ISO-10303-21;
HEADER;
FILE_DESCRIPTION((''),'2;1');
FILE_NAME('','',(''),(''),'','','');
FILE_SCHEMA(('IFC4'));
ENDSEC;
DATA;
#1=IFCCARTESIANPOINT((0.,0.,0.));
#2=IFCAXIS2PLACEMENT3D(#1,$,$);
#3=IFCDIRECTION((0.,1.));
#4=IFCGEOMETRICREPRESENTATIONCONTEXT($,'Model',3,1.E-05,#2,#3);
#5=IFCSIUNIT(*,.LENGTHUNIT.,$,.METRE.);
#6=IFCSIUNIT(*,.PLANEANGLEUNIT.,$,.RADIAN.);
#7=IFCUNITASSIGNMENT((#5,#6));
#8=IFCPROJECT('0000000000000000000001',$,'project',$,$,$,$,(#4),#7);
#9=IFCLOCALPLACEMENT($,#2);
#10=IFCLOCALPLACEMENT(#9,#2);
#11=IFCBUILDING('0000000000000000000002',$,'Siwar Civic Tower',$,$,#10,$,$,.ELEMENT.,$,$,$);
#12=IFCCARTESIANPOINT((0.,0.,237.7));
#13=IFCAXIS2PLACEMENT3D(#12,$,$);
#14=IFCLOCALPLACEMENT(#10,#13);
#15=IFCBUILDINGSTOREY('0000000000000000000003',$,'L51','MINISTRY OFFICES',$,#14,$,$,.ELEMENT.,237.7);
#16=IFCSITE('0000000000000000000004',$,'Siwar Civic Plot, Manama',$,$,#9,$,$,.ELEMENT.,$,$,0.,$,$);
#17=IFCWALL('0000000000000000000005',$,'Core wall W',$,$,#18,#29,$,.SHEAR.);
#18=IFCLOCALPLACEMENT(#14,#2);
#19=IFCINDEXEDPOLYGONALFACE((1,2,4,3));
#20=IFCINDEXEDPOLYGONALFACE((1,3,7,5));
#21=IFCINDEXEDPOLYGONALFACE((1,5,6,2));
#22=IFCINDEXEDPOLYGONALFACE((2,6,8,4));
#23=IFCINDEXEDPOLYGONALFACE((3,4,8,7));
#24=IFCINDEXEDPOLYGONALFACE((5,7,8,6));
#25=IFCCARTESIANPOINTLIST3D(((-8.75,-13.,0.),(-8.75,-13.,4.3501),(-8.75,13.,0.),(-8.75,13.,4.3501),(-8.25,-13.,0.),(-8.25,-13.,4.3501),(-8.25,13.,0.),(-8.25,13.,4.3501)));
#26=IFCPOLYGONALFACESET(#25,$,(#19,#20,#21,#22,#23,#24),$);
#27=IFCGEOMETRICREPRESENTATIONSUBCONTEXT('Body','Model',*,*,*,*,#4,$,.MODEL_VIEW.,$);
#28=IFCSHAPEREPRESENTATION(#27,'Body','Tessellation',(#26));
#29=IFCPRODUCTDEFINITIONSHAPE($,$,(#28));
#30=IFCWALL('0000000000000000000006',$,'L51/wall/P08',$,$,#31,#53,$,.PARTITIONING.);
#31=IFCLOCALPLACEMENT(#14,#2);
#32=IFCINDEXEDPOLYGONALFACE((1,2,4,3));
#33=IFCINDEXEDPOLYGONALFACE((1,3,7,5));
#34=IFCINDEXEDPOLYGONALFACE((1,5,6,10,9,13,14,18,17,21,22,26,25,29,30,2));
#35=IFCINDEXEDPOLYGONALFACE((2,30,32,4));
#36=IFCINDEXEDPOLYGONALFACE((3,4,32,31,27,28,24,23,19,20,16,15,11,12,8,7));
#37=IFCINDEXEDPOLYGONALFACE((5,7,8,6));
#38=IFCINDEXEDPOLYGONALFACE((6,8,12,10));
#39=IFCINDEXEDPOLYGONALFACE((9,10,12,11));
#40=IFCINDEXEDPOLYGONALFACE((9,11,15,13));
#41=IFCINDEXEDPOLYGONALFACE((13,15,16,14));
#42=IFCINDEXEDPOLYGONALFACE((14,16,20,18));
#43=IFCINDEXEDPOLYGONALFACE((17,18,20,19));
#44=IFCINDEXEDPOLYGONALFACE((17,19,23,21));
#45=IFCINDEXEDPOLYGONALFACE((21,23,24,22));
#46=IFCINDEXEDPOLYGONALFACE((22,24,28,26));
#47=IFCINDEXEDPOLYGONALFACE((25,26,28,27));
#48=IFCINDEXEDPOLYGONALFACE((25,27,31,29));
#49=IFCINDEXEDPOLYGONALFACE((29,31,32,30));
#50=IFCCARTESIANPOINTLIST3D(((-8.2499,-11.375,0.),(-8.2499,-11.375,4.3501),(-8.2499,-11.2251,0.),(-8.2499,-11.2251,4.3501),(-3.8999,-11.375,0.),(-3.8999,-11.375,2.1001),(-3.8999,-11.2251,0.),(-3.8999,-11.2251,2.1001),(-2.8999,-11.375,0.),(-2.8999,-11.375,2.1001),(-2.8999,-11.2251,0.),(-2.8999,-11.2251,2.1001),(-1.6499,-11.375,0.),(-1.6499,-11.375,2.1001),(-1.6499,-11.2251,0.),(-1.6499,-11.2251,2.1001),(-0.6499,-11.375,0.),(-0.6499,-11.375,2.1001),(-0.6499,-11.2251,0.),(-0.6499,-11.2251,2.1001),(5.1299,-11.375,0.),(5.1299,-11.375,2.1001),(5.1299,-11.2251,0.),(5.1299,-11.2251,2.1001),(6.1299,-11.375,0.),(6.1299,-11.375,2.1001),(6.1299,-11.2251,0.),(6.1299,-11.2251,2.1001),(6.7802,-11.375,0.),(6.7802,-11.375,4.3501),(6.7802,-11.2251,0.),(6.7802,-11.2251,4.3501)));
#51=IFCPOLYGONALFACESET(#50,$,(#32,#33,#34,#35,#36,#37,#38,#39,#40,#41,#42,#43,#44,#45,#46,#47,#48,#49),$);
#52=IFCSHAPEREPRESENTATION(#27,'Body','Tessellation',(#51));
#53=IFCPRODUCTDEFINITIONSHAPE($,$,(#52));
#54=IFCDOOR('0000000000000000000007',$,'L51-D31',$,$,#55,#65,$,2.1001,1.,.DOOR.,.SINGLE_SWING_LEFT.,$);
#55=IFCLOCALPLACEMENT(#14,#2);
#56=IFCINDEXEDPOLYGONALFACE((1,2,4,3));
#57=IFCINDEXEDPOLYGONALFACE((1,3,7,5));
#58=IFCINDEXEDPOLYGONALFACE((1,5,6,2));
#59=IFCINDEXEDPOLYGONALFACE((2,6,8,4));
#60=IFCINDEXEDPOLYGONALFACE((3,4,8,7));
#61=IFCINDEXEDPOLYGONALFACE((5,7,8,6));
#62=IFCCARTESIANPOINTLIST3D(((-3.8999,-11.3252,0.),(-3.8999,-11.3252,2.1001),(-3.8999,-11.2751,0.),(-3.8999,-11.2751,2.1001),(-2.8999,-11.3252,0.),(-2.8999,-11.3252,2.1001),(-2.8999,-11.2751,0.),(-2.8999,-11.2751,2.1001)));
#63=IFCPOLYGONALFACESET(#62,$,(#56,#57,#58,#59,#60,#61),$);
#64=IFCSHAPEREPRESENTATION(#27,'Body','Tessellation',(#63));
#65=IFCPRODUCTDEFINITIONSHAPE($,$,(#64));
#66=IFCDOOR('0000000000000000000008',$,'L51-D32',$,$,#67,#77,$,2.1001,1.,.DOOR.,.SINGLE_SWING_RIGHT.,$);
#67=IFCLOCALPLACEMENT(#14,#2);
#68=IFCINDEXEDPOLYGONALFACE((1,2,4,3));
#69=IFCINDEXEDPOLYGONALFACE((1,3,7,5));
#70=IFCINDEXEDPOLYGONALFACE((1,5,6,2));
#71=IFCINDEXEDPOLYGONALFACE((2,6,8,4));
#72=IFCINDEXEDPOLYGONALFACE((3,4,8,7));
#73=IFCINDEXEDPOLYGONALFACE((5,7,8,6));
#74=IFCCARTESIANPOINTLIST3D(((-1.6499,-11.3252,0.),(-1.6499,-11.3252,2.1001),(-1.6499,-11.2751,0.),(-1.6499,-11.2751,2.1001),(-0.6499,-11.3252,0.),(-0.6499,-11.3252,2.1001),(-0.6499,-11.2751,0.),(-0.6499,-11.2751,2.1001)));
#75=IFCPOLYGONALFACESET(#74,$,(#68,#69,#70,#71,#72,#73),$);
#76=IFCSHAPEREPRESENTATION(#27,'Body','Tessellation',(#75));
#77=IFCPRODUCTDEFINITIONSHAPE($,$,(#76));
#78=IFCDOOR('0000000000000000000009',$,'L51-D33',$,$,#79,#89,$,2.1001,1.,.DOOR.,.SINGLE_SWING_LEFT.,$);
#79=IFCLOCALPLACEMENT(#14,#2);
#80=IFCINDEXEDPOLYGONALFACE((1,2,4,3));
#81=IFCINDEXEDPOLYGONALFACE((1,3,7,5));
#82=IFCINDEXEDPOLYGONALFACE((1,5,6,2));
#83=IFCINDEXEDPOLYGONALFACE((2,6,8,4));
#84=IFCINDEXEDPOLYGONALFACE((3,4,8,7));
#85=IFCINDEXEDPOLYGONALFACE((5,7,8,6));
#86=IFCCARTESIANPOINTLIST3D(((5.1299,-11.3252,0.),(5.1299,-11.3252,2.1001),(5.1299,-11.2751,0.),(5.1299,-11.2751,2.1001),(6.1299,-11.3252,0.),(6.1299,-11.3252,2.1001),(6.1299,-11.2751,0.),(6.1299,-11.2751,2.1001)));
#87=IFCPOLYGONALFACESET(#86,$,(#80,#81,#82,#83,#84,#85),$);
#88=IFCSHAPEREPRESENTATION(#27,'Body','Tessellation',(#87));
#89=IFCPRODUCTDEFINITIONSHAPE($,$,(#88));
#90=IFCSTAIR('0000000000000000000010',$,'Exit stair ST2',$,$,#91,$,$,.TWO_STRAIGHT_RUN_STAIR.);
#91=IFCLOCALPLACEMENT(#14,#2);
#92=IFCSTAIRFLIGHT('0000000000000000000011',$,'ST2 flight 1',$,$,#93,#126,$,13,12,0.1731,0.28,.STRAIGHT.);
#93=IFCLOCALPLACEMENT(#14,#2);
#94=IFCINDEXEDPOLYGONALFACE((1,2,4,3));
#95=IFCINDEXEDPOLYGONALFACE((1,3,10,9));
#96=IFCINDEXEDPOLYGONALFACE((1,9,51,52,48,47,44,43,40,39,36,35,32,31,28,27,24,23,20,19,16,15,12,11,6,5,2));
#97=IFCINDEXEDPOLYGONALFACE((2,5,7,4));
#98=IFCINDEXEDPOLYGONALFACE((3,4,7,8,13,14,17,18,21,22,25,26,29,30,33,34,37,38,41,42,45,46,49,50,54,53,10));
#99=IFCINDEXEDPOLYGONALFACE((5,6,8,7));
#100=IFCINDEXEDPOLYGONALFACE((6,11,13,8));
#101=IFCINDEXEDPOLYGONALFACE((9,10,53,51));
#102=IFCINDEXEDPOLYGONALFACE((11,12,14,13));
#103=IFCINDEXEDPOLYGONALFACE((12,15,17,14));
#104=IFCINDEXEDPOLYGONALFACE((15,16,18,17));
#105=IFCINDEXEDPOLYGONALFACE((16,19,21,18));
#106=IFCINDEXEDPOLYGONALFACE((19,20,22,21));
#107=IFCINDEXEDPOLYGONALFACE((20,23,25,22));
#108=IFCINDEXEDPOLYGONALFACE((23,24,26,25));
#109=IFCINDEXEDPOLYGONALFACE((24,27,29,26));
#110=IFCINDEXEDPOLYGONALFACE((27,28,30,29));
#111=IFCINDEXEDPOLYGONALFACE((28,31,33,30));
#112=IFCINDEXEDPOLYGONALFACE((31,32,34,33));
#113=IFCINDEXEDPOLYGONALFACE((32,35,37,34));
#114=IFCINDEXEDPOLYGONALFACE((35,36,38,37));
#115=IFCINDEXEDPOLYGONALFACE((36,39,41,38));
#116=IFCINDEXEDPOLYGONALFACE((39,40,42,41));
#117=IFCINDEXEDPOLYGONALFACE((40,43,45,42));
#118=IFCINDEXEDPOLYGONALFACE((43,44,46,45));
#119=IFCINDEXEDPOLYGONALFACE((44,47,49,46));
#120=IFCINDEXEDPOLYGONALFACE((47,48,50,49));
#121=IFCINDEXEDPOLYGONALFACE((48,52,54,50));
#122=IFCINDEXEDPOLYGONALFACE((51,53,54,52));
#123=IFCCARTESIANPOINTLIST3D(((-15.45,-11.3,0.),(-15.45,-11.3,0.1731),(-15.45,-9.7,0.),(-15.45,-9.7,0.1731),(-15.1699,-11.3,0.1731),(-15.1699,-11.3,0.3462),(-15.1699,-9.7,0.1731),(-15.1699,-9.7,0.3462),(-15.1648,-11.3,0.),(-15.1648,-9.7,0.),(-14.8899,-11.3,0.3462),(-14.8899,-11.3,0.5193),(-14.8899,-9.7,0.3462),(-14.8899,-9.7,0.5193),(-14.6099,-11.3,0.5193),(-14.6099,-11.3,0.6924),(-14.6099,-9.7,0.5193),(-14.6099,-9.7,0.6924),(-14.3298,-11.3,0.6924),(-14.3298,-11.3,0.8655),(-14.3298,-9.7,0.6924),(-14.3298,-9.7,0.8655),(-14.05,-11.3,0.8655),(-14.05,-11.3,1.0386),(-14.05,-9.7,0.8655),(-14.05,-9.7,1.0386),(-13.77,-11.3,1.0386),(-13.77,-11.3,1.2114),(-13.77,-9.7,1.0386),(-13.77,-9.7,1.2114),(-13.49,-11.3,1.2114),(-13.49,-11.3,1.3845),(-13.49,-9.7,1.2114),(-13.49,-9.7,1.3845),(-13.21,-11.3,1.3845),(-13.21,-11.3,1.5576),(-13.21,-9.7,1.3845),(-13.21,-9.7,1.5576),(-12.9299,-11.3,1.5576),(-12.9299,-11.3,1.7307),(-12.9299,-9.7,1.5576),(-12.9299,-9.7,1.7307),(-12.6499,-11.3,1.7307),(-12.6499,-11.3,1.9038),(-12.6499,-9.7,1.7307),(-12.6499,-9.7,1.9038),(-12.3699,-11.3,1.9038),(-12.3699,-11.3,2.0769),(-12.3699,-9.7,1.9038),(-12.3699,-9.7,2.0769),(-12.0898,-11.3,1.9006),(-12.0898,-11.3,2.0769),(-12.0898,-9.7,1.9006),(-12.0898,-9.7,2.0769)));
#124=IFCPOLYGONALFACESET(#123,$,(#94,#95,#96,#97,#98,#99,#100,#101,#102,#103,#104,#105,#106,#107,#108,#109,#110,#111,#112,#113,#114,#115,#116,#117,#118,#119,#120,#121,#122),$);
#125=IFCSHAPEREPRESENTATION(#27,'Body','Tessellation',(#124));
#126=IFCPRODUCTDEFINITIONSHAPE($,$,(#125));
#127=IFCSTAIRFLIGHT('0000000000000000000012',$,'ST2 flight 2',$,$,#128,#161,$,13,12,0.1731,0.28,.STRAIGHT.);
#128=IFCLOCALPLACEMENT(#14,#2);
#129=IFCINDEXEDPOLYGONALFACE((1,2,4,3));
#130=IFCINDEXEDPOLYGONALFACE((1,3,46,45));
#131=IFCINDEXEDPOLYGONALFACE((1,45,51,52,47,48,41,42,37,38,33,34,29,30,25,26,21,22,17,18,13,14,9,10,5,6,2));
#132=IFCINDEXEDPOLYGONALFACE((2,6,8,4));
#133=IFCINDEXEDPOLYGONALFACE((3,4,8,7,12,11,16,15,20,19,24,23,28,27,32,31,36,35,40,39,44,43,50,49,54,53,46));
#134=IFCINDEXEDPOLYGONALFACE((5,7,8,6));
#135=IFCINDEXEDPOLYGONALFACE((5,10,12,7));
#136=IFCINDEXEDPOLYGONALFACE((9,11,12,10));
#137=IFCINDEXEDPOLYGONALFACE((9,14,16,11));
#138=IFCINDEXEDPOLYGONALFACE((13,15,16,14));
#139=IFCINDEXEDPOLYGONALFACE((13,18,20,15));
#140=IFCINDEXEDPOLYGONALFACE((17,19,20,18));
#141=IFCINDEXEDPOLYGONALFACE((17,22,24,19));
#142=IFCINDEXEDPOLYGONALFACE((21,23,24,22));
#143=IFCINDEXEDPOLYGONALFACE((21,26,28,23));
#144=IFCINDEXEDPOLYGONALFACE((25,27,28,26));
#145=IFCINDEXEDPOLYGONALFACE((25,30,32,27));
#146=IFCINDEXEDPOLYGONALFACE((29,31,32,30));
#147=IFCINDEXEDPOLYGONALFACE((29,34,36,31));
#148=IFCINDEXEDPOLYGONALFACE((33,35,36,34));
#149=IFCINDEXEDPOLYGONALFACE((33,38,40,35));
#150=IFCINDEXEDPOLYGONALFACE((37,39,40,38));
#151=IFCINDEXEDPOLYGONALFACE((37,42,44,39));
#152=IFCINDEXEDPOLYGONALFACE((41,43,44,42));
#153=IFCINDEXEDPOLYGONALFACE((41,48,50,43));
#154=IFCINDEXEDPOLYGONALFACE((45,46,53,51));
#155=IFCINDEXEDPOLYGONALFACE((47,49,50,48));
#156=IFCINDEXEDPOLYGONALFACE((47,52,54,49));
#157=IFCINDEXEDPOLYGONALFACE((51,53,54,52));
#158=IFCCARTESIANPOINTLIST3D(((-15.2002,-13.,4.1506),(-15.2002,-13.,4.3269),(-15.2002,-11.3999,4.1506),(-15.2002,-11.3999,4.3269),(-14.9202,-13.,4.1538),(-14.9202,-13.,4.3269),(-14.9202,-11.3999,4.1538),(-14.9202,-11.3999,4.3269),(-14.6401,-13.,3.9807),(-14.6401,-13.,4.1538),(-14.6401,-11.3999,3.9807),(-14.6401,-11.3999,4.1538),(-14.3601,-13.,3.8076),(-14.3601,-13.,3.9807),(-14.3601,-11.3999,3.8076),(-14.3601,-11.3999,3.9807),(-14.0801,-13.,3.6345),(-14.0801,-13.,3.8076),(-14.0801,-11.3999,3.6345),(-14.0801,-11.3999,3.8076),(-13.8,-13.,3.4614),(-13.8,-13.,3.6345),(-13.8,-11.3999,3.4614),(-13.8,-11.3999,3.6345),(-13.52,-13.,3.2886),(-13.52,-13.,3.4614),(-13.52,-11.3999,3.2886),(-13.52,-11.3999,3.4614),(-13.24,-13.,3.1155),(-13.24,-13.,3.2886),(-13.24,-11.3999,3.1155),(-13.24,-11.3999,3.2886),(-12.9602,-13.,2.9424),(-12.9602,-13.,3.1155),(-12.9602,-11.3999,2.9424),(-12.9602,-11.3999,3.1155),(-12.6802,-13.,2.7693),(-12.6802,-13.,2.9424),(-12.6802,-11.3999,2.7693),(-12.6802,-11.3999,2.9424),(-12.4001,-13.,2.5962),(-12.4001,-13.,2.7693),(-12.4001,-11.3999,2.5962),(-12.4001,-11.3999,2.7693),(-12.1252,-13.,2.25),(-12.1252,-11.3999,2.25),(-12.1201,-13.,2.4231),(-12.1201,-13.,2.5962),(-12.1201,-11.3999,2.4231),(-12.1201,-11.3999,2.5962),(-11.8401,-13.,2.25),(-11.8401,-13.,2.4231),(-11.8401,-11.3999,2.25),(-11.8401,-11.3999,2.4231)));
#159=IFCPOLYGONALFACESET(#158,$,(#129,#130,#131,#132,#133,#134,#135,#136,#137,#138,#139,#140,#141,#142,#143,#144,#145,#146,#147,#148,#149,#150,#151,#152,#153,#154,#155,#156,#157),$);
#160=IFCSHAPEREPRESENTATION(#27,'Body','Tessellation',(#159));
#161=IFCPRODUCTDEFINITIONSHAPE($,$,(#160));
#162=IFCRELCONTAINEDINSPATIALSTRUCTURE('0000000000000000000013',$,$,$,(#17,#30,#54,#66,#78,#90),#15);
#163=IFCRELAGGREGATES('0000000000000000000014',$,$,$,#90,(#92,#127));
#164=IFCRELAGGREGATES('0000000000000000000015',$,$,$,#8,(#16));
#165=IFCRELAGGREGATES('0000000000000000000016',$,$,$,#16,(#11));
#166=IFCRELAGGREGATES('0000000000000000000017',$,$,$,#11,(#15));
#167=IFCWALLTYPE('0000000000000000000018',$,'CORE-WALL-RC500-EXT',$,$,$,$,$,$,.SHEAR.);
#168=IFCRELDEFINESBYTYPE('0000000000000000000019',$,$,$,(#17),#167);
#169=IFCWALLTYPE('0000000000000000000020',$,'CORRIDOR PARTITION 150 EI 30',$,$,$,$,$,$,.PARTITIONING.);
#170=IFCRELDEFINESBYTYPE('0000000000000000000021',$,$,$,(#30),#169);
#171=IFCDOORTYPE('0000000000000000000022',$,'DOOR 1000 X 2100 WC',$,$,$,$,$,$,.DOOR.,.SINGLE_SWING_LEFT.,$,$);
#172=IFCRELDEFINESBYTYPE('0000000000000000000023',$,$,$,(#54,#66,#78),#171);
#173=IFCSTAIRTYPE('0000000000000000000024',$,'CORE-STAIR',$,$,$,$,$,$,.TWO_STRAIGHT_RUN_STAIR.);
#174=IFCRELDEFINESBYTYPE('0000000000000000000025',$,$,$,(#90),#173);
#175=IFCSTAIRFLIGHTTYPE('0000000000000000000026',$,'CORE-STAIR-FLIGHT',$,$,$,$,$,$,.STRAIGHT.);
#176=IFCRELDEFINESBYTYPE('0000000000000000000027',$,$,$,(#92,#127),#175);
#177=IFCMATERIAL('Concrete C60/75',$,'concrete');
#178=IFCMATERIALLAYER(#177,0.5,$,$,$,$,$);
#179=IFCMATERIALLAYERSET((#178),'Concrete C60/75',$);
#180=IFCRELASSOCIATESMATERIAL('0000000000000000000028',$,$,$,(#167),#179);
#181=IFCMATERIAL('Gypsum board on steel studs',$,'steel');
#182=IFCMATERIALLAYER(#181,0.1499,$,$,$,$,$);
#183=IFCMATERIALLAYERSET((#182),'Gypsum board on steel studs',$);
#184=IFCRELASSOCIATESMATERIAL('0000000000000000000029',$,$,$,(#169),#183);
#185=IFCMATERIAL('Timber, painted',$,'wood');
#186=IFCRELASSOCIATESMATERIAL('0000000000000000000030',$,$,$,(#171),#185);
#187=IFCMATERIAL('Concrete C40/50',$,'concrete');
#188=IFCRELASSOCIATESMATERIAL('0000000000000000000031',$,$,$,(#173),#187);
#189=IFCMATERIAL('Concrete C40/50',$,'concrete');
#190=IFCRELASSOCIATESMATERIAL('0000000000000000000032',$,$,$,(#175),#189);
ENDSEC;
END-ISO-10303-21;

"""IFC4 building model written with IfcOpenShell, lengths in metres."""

from ifc_helpers import new_model, si_unit, direction, frame, frame_2d, origin, place, context, subcontext, project, spatial, polyline, rectangle, outline, extrude, material, layer, layer_set, type_object, element, fill, aggregate, save


model = new_model("IFC4")

# Units and contexts
model_context = context("Model", 3, precision=1e-05, world=origin(), true_north=direction((0.0, 1.0)))
body_context = subcontext(model_context, "Body", "Model", "MODEL_VIEW")
ifc_project = project(units=[si_unit("LENGTHUNIT", "METRE"), si_unit("PLANEANGLEUNIT", "RADIAN")], contexts=[model_context])

# Site, building, storey
site_placement = place(None, origin())
site = spatial("IfcSite", under=ifc_project, at=site_placement, Name="Siwar Civic Plot, Manama", CompositionType="ELEMENT", RefElevation=0.0)
building_placement = place(site_placement, origin())
building = spatial("IfcBuilding", under=site, at=building_placement, Name="Siwar Civic Tower", CompositionType="ELEMENT")
storey_placement = place(building_placement, frame((0.0, 0.0, 237.7)))
storey = spatial("IfcBuildingStorey", under=building, at=storey_placement, Name="L51", Description="MINISTRY OFFICES", CompositionType="ELEMENT", Elevation=237.7)

# Wall
ifc_material_1 = material(Name="Concrete C60/75", Category="concrete")
ifc_layer_1 = layer(ifc_material_1, 0.5)
ifc_layer_set_1 = layer_set([ifc_layer_1], Name="Concrete C60/75")
wall_type_1 = type_object("IfcWallType", Name="CORE-WALL-RC500-EXT", PredefinedType="SHEAR", material=ifc_layer_set_1)
wall_1_placement = place(storey_placement, frame((-8.5, -13.0, 0.0), z_axis=(0.0, 0.0, 1.0), x_axis=(0.0, 1.0, 0.0)))
element("IfcWall", 1, at=wall_1_placement, inside=storey, type_object=wall_type_1, Name="Core wall W", PredefinedType="SHEAR", context=body_context, shape_type="SweptSolid", body=[
    extrude(rectangle(XDim=26.0, YDim=0.5, at=frame_2d((13.0, 0.0))), origin(), (0.0, 0.0, 1.0), 4.3501),
])

# Wall, openings, doors
ifc_material_2 = material(Name="Gypsum board on steel studs", Category="steel")
ifc_layer_2 = layer(ifc_material_2, 0.1499)
ifc_layer_set_2 = layer_set([ifc_layer_2], Name="Gypsum board on steel studs")
wall_type_2 = type_object("IfcWallType", Name="CORRIDOR PARTITION 150 EI 30", PredefinedType="PARTITIONING", material=ifc_layer_set_2)
wall_2_placement = place(storey_placement, frame((-8.25, -11.3, 0.0), z_axis=(0.0, 0.0, 1.0), x_axis=(1.0, 0.0, 0.0)))
wall_2 = element("IfcWall", 2, at=wall_2_placement, inside=storey, type_object=wall_type_2, Name="L51/wall/P08", PredefinedType="PARTITIONING", context=body_context, shape_type="SweptSolid", body=[
    extrude(rectangle(XDim=15.03, YDim=0.1499, at=frame_2d((7.5151, 0.0))), origin(), (0.0, 0.0, 1.0), 4.3501),
])
opening_1_placement = place(wall_2_placement, frame((4.3501, 0.0, 0.0)))
opening_1 = element("IfcOpeningElement", 3, at=opening_1_placement, cuts=wall_2, PredefinedType="OPENING", context=body_context, shape_type="SweptSolid", body=[
    extrude(rectangle(XDim=1.0, YDim=2.1001, at=frame_2d((0.5, 1.05))), frame((0.0, 0.085, 0.0), z_axis=(0.0, -1.0, 0.0), x_axis=(1.0, 0.0, 0.0)), (0.0, 0.0, 1.0), 0.1699),
])
opening_2_placement = place(wall_2_placement, frame((6.6001, 0.0, 0.0)))
opening_2 = element("IfcOpeningElement", 4, at=opening_2_placement, cuts=wall_2, PredefinedType="OPENING", context=body_context, shape_type="SweptSolid", body=[
    extrude(rectangle(XDim=1.0, YDim=2.1001, at=frame_2d((0.5, 1.05))), frame((0.0, 0.085, 0.0), z_axis=(0.0, -1.0, 0.0), x_axis=(1.0, 0.0, 0.0)), (0.0, 0.0, 1.0), 0.1699),
])
opening_3_placement = place(wall_2_placement, frame((13.3799, 0.0, 0.0)))
opening_3 = element("IfcOpeningElement", 5, at=opening_3_placement, cuts=wall_2, PredefinedType="OPENING", context=body_context, shape_type="SweptSolid", body=[
    extrude(rectangle(XDim=1.0, YDim=2.1001, at=frame_2d((0.5, 1.05))), frame((0.0, 0.085, 0.0), z_axis=(0.0, -1.0, 0.0), x_axis=(1.0, 0.0, 0.0)), (0.0, 0.0, 1.0), 0.1699),
])
ifc_material_3 = material(Name="Timber, painted", Category="wood")
door_type_1 = type_object("IfcDoorType", Name="DOOR 1000 X 2100 WC", OperationType="SINGLE_SWING_LEFT", PredefinedType="DOOR", material=ifc_material_3)
door_1_placement = place(opening_1_placement, origin())
door_1 = element("IfcDoor", 6, at=door_1_placement, inside=storey, type_object=door_type_1, Name="L51-D31", OperationType="SINGLE_SWING_LEFT", OverallHeight=2.1001, OverallWidth=1.0, PredefinedType="DOOR", context=body_context, shape_type="SweptSolid", body=[
    extrude(rectangle(XDim=1.0, YDim=2.1001, at=frame_2d((0.5, 1.05))), frame((0.0, 0.0249, 0.0), z_axis=(0.0, -1.0, 0.0), x_axis=(1.0, 0.0, 0.0)), (0.0, 0.0, 1.0), 0.05),
])
fill(opening_1, door_1)
door_2_placement = place(opening_2_placement, origin())
door_2 = element("IfcDoor", 7, at=door_2_placement, inside=storey, type_object=door_type_1, Name="L51-D32", OperationType="SINGLE_SWING_RIGHT", OverallHeight=2.1001, OverallWidth=1.0, PredefinedType="DOOR", context=body_context, shape_type="SweptSolid", body=[
    extrude(rectangle(XDim=1.0, YDim=2.1001, at=frame_2d((0.5, 1.05))), frame((0.0, 0.0249, 0.0), z_axis=(0.0, -1.0, 0.0), x_axis=(1.0, 0.0, 0.0)), (0.0, 0.0, 1.0), 0.05),
])
fill(opening_2, door_2)
door_3_placement = place(opening_3_placement, origin())
door_3 = element("IfcDoor", 8, at=door_3_placement, inside=storey, type_object=door_type_1, Name="L51-D33", OperationType="SINGLE_SWING_LEFT", OverallHeight=2.1001, OverallWidth=1.0, PredefinedType="DOOR", context=body_context, shape_type="SweptSolid", body=[
    extrude(rectangle(XDim=1.0, YDim=2.1001, at=frame_2d((0.5, 1.05))), frame((0.0, 0.0249, 0.0), z_axis=(0.0, -1.0, 0.0), x_axis=(1.0, 0.0, 0.0)), (0.0, 0.0, 1.0), 0.05),
])
fill(opening_3, door_3)

# Stair, stair flights
ifc_material_4 = material(Name="Concrete C40/50", Category="concrete")
stair_type = type_object("IfcStairType", Name="CORE-STAIR", PredefinedType="TWO_STRAIGHT_RUN_STAIR", material=ifc_material_4)
stair_placement = place(storey_placement, origin())
stair = element("IfcStair", 9, at=stair_placement, inside=storey, type_object=stair_type, Name="Exit stair ST2", PredefinedType="TWO_STRAIGHT_RUN_STAIR")
ifc_material_5 = material(Name="Concrete C40/50", Category="concrete")
stair_flight_type = type_object("IfcStairFlightType", Name="CORE-STAIR-FLIGHT", PredefinedType="STRAIGHT", material=ifc_material_5)
stair_flight_1_placement = place(storey_placement, frame((-15.45, -10.5, 0.0), z_axis=(0.0, 0.0, 1.0), x_axis=(1.0, 0.0, 0.0)))
stair_flight_1 = element("IfcStairFlight", 10, at=stair_flight_1_placement, type_object=stair_flight_type, Name="ST2 flight 1", NumberOfRisers=13, NumberOfTreads=12, PredefinedType="STRAIGHT", RiserHeight=0.1731, TreadLength=0.28, context=body_context, shape_type="SweptSolid", body=[
    extrude(outline(polyline([(0.0, 0.0), (0.0, 0.1731), (0.28, 0.1731), (0.28, 0.3462), (0.5601, 0.3462), (0.5601, 0.5193), (0.8401, 0.5193), (0.8401, 0.6924), (1.1201, 0.6924), (1.1201, 0.8655), (1.3999, 0.8655), (1.3999, 1.0386), (1.6799, 1.0386), (1.6799, 1.2114), (1.96, 1.2114), (1.96, 1.3845), (2.24, 1.3845), (2.24, 1.5576), (2.52, 1.5576), (2.52, 1.7307), (2.8, 1.7307), (2.8, 1.9038), (3.0801, 1.9038), (3.0801, 2.0769), (3.3601, 2.0769), (3.3601, 2.25), (3.3601, 1.9006), (0.2852, 0.0), (0.0, 0.0)])), frame((0.0, 0.8, 0.0), z_axis=(0.0, -1.0, 0.0), x_axis=(1.0, 0.0, 0.0)), (0.0, 0.0, 1.0), 1.6001),
])
stair_flight_2_placement = place(storey_placement, frame((-11.8401, -12.2, 2.25), z_axis=(0.0, 0.0, 1.0), x_axis=(-1.0, 0.0, 0.0)))
stair_flight_2 = element("IfcStairFlight", 11, at=stair_flight_2_placement, type_object=stair_flight_type, Name="ST2 flight 2", NumberOfRisers=13, NumberOfTreads=12, PredefinedType="STRAIGHT", RiserHeight=0.1731, TreadLength=0.28, context=body_context, shape_type="SweptSolid", body=[
    extrude(outline(polyline([(0.0, 0.0), (0.0, 0.1731), (0.28, 0.1731), (0.28, 0.3462), (0.5601, 0.3462), (0.5601, 0.5193), (0.8401, 0.5193), (0.8401, 0.6924), (1.1201, 0.6924), (1.1201, 0.8655), (1.3999, 0.8655), (1.3999, 1.0386), (1.6799, 1.0386), (1.6799, 1.2114), (1.96, 1.2114), (1.96, 1.3845), (2.24, 1.3845), (2.24, 1.5576), (2.52, 1.5576), (2.52, 1.7307), (2.8, 1.7307), (2.8, 1.9038), (3.0801, 1.9038), (3.0801, 2.0769), (3.3601, 2.0769), (3.3601, 2.25), (3.3601, 1.9006), (0.2852, 0.0), (0.0, 0.0)])), frame((0.0, 0.8, 0.0), z_axis=(0.0, -1.0, 0.0), x_axis=(1.0, 0.0, 0.0)), (0.0, 0.0, 1.0), 1.6001),
])
aggregate(stair, [stair_flight_1, stair_flight_2])

save(model, "model.ifc")
